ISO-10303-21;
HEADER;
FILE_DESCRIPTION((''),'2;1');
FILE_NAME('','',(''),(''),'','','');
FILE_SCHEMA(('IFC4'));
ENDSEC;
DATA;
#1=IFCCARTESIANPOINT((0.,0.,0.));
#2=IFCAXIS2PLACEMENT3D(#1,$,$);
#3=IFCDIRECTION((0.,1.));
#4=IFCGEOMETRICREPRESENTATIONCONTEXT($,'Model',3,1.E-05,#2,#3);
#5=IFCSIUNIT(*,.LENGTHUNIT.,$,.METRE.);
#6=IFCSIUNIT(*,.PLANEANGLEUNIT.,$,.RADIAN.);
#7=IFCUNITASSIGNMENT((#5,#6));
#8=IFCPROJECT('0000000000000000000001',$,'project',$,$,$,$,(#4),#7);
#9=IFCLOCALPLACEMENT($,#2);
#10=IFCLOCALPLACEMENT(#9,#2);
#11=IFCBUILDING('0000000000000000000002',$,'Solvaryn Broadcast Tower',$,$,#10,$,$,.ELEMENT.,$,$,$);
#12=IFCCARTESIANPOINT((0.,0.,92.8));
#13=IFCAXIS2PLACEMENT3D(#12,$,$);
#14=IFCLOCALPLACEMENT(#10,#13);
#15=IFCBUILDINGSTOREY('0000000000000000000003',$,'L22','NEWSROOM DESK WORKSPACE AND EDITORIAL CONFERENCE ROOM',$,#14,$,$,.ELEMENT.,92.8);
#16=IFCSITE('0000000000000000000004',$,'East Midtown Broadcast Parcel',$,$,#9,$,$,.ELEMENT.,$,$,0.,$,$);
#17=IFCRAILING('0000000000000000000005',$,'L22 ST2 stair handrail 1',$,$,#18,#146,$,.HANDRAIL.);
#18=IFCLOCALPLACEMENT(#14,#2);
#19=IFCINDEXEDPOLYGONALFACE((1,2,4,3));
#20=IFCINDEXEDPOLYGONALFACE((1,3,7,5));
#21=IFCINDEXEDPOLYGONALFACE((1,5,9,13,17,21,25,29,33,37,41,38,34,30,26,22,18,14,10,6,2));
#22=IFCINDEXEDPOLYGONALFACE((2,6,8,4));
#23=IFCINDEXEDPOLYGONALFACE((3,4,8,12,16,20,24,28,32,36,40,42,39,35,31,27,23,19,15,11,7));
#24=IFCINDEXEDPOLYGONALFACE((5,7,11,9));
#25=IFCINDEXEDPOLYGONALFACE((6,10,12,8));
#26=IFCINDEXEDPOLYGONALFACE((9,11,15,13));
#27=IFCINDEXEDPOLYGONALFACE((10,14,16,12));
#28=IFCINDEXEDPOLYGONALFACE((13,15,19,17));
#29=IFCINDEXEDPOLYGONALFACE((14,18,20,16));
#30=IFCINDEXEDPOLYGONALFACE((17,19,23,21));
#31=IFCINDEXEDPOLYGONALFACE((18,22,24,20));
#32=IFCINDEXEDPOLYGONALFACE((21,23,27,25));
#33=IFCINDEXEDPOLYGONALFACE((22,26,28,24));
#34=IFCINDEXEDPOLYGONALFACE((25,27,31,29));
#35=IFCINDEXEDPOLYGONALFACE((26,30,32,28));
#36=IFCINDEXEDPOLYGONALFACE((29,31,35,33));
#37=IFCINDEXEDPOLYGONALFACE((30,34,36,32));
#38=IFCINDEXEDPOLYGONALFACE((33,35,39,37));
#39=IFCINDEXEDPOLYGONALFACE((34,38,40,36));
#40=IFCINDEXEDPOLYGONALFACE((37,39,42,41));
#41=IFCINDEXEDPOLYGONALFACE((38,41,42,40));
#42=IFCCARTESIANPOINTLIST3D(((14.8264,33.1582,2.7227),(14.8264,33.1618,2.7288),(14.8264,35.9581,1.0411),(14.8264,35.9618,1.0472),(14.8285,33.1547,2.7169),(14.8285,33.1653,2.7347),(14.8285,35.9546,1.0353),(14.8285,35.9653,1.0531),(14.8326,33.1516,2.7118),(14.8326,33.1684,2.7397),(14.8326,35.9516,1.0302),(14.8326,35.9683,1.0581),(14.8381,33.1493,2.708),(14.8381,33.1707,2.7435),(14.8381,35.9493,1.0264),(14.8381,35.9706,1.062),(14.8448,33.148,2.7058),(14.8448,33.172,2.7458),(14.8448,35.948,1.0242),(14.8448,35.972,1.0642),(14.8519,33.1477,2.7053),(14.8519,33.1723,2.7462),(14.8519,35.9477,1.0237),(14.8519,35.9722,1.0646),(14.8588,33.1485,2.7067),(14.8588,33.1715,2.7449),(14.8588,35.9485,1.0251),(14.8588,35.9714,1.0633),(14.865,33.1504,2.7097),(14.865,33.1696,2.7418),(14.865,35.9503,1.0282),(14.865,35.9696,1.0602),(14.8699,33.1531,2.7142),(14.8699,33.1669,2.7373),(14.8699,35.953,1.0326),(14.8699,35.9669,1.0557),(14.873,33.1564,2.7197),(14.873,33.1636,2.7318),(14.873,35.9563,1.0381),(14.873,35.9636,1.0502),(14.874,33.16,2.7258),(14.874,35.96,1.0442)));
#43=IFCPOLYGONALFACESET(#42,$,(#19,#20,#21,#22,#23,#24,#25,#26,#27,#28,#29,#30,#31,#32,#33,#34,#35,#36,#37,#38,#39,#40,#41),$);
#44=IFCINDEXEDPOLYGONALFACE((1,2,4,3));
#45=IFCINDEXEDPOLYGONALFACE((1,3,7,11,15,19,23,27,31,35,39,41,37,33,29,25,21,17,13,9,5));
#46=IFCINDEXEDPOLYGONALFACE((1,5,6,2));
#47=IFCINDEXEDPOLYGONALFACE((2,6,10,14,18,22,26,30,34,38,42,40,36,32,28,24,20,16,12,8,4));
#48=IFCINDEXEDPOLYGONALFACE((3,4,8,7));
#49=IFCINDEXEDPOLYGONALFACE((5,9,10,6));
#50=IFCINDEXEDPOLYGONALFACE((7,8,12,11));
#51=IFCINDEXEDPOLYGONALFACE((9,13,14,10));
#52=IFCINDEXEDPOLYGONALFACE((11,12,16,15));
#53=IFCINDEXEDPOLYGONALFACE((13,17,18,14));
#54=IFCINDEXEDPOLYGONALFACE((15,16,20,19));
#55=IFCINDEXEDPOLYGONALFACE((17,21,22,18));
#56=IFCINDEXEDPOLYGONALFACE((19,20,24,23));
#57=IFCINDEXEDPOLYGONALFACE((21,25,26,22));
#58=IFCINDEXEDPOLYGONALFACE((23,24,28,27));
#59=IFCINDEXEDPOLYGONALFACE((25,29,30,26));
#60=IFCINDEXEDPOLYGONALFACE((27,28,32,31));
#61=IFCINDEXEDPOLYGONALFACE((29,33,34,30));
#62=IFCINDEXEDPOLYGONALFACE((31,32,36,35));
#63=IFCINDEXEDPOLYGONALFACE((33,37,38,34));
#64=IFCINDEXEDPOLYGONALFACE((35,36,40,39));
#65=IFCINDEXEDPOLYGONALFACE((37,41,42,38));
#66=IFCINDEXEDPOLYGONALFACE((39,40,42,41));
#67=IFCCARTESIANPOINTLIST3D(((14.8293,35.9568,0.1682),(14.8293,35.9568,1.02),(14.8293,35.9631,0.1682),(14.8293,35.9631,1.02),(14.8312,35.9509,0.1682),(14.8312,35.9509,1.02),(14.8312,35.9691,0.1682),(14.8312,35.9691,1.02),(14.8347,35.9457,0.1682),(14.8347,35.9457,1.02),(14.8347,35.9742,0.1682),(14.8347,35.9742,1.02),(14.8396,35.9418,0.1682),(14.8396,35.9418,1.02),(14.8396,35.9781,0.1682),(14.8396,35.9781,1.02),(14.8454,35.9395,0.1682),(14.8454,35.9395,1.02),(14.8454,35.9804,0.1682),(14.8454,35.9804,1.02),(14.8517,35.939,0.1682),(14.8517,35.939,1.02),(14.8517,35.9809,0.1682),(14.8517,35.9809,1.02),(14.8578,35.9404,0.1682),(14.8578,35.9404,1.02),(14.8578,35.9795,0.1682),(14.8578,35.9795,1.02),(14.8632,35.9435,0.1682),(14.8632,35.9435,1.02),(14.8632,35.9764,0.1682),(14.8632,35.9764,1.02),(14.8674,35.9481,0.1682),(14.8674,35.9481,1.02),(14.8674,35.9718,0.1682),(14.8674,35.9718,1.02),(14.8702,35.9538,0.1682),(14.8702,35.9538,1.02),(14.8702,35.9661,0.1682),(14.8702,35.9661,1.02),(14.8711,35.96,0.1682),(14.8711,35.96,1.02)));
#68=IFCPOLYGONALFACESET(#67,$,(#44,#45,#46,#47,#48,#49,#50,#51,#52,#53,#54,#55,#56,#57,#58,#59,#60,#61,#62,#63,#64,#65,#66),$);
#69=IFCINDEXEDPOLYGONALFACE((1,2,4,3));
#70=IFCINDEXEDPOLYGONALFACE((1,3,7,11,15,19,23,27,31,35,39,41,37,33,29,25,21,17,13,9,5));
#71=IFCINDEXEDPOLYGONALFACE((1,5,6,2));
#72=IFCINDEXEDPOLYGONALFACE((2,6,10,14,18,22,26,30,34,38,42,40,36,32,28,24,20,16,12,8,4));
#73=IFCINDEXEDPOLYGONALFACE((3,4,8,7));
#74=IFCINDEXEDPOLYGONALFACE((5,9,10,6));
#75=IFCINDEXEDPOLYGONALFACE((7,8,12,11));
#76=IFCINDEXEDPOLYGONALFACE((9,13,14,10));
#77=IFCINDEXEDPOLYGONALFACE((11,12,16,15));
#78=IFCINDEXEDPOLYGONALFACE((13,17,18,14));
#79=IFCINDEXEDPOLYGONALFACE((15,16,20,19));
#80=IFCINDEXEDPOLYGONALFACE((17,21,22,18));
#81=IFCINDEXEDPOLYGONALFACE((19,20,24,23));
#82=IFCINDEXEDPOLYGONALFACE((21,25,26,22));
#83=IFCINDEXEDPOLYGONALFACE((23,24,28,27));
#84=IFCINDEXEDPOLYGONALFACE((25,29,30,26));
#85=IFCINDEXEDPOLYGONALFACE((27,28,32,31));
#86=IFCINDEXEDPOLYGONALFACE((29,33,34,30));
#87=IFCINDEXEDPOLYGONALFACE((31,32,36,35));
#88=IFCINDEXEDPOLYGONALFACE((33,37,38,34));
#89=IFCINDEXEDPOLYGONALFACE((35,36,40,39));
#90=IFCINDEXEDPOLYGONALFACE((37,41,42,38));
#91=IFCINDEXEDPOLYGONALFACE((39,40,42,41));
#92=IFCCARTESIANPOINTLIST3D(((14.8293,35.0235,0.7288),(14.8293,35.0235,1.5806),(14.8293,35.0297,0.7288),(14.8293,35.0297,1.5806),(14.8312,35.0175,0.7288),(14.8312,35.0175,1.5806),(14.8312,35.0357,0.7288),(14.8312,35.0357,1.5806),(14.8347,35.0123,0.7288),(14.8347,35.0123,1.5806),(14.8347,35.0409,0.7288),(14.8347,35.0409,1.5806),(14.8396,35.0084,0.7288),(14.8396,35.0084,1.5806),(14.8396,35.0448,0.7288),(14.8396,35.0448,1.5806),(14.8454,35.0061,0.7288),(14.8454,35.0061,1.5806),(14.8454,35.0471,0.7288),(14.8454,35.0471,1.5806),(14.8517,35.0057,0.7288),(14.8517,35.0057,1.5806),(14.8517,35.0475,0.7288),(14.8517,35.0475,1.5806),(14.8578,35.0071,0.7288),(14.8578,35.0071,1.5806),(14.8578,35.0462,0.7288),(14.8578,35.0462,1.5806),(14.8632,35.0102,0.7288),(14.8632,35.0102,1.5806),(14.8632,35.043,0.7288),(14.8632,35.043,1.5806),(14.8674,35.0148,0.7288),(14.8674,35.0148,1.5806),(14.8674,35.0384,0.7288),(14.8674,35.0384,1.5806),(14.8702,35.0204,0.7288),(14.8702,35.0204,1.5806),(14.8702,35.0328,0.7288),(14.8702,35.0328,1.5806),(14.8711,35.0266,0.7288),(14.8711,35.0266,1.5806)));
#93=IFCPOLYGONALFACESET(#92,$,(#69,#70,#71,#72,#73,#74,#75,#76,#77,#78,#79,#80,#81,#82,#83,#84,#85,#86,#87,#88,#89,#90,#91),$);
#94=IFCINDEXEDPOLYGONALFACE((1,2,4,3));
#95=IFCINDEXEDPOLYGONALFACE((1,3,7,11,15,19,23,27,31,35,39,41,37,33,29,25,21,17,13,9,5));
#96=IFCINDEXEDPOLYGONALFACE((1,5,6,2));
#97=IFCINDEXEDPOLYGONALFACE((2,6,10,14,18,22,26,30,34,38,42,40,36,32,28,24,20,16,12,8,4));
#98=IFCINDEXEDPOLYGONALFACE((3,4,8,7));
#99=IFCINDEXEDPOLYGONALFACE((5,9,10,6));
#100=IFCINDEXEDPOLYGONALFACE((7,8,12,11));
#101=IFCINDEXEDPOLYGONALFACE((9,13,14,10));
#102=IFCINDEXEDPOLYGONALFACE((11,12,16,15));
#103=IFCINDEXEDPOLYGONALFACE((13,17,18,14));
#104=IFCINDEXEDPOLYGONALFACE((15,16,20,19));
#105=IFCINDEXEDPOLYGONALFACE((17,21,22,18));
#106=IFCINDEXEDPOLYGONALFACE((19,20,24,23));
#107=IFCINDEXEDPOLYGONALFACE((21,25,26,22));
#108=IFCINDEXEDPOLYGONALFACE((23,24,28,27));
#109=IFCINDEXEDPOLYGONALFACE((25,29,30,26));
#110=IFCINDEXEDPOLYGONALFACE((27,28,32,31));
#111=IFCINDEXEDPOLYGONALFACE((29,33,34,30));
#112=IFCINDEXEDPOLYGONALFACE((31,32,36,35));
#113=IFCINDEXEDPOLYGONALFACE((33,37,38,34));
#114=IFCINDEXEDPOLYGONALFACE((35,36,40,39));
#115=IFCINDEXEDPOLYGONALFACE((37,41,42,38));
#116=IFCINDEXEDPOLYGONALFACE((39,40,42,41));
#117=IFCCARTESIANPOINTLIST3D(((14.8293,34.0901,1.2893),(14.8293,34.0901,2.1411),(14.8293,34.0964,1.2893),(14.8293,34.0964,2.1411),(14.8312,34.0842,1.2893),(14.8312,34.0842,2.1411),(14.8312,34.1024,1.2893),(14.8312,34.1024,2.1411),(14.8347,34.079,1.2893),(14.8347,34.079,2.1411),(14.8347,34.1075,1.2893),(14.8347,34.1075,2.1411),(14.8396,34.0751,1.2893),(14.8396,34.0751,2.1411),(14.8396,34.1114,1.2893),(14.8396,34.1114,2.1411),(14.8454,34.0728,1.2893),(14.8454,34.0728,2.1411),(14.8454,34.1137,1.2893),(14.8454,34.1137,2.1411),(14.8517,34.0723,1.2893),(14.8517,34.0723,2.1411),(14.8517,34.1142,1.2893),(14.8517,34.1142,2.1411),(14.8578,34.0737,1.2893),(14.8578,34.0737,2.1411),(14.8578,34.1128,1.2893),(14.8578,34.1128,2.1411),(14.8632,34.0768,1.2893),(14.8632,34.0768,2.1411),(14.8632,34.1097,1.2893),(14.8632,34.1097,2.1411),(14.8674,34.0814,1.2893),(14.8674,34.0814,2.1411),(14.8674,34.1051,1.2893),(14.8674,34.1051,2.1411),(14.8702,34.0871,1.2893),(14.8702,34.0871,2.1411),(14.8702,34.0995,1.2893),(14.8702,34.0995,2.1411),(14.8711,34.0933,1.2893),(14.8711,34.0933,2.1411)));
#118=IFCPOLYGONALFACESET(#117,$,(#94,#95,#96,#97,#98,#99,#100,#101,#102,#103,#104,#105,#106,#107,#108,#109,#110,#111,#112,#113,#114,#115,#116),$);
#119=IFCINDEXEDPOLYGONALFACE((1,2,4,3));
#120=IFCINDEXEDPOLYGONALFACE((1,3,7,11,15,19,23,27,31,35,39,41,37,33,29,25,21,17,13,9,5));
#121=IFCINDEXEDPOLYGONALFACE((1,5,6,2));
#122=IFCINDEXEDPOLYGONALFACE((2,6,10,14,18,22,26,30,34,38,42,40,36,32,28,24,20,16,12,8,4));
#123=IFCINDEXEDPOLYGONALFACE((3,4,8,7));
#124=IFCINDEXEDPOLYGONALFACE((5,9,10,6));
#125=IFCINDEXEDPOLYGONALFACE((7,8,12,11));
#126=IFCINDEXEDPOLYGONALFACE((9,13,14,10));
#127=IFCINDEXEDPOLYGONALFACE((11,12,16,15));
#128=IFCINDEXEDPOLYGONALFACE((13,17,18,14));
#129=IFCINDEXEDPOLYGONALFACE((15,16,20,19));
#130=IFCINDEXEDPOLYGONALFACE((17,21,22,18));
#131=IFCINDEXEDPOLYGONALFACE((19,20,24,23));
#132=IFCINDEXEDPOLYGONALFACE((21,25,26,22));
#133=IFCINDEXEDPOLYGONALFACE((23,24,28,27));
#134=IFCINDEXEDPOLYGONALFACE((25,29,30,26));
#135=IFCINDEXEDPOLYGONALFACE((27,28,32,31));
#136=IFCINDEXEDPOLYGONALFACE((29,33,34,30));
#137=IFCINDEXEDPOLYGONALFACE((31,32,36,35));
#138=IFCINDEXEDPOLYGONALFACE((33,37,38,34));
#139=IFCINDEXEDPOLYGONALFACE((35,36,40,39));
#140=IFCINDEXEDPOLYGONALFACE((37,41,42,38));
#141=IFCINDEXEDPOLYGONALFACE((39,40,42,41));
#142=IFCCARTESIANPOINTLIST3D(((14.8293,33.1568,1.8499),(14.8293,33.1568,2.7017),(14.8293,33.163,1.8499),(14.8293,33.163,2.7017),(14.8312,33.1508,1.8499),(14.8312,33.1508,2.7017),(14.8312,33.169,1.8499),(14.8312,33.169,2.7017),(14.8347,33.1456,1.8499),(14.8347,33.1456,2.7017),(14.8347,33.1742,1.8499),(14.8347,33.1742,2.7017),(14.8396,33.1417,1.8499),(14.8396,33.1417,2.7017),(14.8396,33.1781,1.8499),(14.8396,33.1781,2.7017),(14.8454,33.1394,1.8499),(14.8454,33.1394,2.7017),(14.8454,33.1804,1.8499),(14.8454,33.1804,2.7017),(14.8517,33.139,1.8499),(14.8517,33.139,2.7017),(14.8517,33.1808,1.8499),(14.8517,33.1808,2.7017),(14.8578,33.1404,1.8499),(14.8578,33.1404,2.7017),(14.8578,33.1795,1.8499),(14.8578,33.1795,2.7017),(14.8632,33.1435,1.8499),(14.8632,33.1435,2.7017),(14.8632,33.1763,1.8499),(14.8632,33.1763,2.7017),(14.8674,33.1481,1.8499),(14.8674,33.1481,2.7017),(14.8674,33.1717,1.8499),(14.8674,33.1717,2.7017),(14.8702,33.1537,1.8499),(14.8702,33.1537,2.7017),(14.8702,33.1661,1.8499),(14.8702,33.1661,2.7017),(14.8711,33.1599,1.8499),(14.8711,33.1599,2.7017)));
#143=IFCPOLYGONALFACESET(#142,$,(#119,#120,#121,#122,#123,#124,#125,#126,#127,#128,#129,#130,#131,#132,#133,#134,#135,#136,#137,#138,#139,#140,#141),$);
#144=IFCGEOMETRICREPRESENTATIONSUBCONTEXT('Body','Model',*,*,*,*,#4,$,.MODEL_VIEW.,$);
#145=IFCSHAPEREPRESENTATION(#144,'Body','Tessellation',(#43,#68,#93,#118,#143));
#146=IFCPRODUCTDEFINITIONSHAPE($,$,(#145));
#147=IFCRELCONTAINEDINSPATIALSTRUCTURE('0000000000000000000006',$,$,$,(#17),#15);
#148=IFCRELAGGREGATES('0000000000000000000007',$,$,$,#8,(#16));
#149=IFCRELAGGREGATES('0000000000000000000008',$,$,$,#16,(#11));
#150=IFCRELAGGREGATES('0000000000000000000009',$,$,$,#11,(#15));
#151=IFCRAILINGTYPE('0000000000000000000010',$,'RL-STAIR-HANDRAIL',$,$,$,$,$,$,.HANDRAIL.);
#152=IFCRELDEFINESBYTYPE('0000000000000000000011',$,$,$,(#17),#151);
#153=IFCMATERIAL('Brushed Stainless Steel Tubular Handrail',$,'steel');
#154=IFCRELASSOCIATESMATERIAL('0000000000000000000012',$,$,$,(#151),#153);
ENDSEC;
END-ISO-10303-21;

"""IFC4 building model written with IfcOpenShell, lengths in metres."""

from ifc_helpers import new_model, si_unit, direction, frame, origin, origin_2d, place, context, subcontext, project, spatial, circle, extrude, material, type_object, element, save


model = new_model("IFC4")

# Units and contexts
model_context = context("Model", 3, precision=1e-05, world=origin(), true_north=direction((0.0, 1.0)))
body_context = subcontext(model_context, "Body", "Model", "MODEL_VIEW")
ifc_project = project(units=[si_unit("LENGTHUNIT", "METRE"), si_unit("PLANEANGLEUNIT", "RADIAN")], contexts=[model_context])

# Site, building, storey
site_placement = place(None, origin())
site = spatial("IfcSite", under=ifc_project, at=site_placement, Name="East Midtown Broadcast Parcel", CompositionType="ELEMENT", RefElevation=0.0)
building_placement = place(site_placement, origin())
building = spatial("IfcBuilding", under=site, at=building_placement, Name="Solvaryn Broadcast Tower", CompositionType="ELEMENT")
storey_placement = place(building_placement, frame((0.0, 0.0, 92.8)))
storey = spatial("IfcBuildingStorey", under=building, at=storey_placement, Name="L22", Description="NEWSROOM DESK WORKSPACE AND EDITORIAL CONFERENCE ROOM", CompositionType="ELEMENT", Elevation=92.8)

# Railing
ifc_material_1 = material(Name="Brushed Stainless Steel Tubular Handrail", Category="steel")
railing_type_1 = type_object("IfcRailingType", Name="RL-STAIR-HANDRAIL", PredefinedType="HANDRAIL", material=ifc_material_1)
railing_1_placement = place(storey_placement, frame((14.8501, 35.96, 0.1682)))
element("IfcRailing", 1, at=railing_1_placement, inside=storey, type_object=railing_type_1, Name="L22 ST2 stair handrail 1", PredefinedType="HANDRAIL", context=body_context, shape_type="SweptSolid", body=[
    extrude(circle(Radius=0.0239, at=origin_2d()), frame((0.0, 0.0, 0.876), z_axis=(0.0, -0.857275, 0.514858), x_axis=(1.0, 0.0, 0.0)), (0.0, 0.0, 1.0), 3.2661),
    extrude(circle(Radius=0.021, at=origin_2d()), origin(), (0.0, 0.0, 1.0), 0.8518),
    extrude(circle(Radius=0.021, at=origin_2d()), frame((0.0, -0.9333, 0.5605)), (0.0, 0.0, 1.0), 0.8518),
    extrude(circle(Radius=0.021, at=origin_2d()), frame((0.0, -1.8667, 1.1211)), (0.0, 0.0, 1.0), 0.8518),
    extrude(circle(Radius=0.021, at=origin_2d()), frame((0.0, -2.8, 1.6816)), (0.0, 0.0, 1.0), 0.8518),
])

save(model, "model.ifc")
